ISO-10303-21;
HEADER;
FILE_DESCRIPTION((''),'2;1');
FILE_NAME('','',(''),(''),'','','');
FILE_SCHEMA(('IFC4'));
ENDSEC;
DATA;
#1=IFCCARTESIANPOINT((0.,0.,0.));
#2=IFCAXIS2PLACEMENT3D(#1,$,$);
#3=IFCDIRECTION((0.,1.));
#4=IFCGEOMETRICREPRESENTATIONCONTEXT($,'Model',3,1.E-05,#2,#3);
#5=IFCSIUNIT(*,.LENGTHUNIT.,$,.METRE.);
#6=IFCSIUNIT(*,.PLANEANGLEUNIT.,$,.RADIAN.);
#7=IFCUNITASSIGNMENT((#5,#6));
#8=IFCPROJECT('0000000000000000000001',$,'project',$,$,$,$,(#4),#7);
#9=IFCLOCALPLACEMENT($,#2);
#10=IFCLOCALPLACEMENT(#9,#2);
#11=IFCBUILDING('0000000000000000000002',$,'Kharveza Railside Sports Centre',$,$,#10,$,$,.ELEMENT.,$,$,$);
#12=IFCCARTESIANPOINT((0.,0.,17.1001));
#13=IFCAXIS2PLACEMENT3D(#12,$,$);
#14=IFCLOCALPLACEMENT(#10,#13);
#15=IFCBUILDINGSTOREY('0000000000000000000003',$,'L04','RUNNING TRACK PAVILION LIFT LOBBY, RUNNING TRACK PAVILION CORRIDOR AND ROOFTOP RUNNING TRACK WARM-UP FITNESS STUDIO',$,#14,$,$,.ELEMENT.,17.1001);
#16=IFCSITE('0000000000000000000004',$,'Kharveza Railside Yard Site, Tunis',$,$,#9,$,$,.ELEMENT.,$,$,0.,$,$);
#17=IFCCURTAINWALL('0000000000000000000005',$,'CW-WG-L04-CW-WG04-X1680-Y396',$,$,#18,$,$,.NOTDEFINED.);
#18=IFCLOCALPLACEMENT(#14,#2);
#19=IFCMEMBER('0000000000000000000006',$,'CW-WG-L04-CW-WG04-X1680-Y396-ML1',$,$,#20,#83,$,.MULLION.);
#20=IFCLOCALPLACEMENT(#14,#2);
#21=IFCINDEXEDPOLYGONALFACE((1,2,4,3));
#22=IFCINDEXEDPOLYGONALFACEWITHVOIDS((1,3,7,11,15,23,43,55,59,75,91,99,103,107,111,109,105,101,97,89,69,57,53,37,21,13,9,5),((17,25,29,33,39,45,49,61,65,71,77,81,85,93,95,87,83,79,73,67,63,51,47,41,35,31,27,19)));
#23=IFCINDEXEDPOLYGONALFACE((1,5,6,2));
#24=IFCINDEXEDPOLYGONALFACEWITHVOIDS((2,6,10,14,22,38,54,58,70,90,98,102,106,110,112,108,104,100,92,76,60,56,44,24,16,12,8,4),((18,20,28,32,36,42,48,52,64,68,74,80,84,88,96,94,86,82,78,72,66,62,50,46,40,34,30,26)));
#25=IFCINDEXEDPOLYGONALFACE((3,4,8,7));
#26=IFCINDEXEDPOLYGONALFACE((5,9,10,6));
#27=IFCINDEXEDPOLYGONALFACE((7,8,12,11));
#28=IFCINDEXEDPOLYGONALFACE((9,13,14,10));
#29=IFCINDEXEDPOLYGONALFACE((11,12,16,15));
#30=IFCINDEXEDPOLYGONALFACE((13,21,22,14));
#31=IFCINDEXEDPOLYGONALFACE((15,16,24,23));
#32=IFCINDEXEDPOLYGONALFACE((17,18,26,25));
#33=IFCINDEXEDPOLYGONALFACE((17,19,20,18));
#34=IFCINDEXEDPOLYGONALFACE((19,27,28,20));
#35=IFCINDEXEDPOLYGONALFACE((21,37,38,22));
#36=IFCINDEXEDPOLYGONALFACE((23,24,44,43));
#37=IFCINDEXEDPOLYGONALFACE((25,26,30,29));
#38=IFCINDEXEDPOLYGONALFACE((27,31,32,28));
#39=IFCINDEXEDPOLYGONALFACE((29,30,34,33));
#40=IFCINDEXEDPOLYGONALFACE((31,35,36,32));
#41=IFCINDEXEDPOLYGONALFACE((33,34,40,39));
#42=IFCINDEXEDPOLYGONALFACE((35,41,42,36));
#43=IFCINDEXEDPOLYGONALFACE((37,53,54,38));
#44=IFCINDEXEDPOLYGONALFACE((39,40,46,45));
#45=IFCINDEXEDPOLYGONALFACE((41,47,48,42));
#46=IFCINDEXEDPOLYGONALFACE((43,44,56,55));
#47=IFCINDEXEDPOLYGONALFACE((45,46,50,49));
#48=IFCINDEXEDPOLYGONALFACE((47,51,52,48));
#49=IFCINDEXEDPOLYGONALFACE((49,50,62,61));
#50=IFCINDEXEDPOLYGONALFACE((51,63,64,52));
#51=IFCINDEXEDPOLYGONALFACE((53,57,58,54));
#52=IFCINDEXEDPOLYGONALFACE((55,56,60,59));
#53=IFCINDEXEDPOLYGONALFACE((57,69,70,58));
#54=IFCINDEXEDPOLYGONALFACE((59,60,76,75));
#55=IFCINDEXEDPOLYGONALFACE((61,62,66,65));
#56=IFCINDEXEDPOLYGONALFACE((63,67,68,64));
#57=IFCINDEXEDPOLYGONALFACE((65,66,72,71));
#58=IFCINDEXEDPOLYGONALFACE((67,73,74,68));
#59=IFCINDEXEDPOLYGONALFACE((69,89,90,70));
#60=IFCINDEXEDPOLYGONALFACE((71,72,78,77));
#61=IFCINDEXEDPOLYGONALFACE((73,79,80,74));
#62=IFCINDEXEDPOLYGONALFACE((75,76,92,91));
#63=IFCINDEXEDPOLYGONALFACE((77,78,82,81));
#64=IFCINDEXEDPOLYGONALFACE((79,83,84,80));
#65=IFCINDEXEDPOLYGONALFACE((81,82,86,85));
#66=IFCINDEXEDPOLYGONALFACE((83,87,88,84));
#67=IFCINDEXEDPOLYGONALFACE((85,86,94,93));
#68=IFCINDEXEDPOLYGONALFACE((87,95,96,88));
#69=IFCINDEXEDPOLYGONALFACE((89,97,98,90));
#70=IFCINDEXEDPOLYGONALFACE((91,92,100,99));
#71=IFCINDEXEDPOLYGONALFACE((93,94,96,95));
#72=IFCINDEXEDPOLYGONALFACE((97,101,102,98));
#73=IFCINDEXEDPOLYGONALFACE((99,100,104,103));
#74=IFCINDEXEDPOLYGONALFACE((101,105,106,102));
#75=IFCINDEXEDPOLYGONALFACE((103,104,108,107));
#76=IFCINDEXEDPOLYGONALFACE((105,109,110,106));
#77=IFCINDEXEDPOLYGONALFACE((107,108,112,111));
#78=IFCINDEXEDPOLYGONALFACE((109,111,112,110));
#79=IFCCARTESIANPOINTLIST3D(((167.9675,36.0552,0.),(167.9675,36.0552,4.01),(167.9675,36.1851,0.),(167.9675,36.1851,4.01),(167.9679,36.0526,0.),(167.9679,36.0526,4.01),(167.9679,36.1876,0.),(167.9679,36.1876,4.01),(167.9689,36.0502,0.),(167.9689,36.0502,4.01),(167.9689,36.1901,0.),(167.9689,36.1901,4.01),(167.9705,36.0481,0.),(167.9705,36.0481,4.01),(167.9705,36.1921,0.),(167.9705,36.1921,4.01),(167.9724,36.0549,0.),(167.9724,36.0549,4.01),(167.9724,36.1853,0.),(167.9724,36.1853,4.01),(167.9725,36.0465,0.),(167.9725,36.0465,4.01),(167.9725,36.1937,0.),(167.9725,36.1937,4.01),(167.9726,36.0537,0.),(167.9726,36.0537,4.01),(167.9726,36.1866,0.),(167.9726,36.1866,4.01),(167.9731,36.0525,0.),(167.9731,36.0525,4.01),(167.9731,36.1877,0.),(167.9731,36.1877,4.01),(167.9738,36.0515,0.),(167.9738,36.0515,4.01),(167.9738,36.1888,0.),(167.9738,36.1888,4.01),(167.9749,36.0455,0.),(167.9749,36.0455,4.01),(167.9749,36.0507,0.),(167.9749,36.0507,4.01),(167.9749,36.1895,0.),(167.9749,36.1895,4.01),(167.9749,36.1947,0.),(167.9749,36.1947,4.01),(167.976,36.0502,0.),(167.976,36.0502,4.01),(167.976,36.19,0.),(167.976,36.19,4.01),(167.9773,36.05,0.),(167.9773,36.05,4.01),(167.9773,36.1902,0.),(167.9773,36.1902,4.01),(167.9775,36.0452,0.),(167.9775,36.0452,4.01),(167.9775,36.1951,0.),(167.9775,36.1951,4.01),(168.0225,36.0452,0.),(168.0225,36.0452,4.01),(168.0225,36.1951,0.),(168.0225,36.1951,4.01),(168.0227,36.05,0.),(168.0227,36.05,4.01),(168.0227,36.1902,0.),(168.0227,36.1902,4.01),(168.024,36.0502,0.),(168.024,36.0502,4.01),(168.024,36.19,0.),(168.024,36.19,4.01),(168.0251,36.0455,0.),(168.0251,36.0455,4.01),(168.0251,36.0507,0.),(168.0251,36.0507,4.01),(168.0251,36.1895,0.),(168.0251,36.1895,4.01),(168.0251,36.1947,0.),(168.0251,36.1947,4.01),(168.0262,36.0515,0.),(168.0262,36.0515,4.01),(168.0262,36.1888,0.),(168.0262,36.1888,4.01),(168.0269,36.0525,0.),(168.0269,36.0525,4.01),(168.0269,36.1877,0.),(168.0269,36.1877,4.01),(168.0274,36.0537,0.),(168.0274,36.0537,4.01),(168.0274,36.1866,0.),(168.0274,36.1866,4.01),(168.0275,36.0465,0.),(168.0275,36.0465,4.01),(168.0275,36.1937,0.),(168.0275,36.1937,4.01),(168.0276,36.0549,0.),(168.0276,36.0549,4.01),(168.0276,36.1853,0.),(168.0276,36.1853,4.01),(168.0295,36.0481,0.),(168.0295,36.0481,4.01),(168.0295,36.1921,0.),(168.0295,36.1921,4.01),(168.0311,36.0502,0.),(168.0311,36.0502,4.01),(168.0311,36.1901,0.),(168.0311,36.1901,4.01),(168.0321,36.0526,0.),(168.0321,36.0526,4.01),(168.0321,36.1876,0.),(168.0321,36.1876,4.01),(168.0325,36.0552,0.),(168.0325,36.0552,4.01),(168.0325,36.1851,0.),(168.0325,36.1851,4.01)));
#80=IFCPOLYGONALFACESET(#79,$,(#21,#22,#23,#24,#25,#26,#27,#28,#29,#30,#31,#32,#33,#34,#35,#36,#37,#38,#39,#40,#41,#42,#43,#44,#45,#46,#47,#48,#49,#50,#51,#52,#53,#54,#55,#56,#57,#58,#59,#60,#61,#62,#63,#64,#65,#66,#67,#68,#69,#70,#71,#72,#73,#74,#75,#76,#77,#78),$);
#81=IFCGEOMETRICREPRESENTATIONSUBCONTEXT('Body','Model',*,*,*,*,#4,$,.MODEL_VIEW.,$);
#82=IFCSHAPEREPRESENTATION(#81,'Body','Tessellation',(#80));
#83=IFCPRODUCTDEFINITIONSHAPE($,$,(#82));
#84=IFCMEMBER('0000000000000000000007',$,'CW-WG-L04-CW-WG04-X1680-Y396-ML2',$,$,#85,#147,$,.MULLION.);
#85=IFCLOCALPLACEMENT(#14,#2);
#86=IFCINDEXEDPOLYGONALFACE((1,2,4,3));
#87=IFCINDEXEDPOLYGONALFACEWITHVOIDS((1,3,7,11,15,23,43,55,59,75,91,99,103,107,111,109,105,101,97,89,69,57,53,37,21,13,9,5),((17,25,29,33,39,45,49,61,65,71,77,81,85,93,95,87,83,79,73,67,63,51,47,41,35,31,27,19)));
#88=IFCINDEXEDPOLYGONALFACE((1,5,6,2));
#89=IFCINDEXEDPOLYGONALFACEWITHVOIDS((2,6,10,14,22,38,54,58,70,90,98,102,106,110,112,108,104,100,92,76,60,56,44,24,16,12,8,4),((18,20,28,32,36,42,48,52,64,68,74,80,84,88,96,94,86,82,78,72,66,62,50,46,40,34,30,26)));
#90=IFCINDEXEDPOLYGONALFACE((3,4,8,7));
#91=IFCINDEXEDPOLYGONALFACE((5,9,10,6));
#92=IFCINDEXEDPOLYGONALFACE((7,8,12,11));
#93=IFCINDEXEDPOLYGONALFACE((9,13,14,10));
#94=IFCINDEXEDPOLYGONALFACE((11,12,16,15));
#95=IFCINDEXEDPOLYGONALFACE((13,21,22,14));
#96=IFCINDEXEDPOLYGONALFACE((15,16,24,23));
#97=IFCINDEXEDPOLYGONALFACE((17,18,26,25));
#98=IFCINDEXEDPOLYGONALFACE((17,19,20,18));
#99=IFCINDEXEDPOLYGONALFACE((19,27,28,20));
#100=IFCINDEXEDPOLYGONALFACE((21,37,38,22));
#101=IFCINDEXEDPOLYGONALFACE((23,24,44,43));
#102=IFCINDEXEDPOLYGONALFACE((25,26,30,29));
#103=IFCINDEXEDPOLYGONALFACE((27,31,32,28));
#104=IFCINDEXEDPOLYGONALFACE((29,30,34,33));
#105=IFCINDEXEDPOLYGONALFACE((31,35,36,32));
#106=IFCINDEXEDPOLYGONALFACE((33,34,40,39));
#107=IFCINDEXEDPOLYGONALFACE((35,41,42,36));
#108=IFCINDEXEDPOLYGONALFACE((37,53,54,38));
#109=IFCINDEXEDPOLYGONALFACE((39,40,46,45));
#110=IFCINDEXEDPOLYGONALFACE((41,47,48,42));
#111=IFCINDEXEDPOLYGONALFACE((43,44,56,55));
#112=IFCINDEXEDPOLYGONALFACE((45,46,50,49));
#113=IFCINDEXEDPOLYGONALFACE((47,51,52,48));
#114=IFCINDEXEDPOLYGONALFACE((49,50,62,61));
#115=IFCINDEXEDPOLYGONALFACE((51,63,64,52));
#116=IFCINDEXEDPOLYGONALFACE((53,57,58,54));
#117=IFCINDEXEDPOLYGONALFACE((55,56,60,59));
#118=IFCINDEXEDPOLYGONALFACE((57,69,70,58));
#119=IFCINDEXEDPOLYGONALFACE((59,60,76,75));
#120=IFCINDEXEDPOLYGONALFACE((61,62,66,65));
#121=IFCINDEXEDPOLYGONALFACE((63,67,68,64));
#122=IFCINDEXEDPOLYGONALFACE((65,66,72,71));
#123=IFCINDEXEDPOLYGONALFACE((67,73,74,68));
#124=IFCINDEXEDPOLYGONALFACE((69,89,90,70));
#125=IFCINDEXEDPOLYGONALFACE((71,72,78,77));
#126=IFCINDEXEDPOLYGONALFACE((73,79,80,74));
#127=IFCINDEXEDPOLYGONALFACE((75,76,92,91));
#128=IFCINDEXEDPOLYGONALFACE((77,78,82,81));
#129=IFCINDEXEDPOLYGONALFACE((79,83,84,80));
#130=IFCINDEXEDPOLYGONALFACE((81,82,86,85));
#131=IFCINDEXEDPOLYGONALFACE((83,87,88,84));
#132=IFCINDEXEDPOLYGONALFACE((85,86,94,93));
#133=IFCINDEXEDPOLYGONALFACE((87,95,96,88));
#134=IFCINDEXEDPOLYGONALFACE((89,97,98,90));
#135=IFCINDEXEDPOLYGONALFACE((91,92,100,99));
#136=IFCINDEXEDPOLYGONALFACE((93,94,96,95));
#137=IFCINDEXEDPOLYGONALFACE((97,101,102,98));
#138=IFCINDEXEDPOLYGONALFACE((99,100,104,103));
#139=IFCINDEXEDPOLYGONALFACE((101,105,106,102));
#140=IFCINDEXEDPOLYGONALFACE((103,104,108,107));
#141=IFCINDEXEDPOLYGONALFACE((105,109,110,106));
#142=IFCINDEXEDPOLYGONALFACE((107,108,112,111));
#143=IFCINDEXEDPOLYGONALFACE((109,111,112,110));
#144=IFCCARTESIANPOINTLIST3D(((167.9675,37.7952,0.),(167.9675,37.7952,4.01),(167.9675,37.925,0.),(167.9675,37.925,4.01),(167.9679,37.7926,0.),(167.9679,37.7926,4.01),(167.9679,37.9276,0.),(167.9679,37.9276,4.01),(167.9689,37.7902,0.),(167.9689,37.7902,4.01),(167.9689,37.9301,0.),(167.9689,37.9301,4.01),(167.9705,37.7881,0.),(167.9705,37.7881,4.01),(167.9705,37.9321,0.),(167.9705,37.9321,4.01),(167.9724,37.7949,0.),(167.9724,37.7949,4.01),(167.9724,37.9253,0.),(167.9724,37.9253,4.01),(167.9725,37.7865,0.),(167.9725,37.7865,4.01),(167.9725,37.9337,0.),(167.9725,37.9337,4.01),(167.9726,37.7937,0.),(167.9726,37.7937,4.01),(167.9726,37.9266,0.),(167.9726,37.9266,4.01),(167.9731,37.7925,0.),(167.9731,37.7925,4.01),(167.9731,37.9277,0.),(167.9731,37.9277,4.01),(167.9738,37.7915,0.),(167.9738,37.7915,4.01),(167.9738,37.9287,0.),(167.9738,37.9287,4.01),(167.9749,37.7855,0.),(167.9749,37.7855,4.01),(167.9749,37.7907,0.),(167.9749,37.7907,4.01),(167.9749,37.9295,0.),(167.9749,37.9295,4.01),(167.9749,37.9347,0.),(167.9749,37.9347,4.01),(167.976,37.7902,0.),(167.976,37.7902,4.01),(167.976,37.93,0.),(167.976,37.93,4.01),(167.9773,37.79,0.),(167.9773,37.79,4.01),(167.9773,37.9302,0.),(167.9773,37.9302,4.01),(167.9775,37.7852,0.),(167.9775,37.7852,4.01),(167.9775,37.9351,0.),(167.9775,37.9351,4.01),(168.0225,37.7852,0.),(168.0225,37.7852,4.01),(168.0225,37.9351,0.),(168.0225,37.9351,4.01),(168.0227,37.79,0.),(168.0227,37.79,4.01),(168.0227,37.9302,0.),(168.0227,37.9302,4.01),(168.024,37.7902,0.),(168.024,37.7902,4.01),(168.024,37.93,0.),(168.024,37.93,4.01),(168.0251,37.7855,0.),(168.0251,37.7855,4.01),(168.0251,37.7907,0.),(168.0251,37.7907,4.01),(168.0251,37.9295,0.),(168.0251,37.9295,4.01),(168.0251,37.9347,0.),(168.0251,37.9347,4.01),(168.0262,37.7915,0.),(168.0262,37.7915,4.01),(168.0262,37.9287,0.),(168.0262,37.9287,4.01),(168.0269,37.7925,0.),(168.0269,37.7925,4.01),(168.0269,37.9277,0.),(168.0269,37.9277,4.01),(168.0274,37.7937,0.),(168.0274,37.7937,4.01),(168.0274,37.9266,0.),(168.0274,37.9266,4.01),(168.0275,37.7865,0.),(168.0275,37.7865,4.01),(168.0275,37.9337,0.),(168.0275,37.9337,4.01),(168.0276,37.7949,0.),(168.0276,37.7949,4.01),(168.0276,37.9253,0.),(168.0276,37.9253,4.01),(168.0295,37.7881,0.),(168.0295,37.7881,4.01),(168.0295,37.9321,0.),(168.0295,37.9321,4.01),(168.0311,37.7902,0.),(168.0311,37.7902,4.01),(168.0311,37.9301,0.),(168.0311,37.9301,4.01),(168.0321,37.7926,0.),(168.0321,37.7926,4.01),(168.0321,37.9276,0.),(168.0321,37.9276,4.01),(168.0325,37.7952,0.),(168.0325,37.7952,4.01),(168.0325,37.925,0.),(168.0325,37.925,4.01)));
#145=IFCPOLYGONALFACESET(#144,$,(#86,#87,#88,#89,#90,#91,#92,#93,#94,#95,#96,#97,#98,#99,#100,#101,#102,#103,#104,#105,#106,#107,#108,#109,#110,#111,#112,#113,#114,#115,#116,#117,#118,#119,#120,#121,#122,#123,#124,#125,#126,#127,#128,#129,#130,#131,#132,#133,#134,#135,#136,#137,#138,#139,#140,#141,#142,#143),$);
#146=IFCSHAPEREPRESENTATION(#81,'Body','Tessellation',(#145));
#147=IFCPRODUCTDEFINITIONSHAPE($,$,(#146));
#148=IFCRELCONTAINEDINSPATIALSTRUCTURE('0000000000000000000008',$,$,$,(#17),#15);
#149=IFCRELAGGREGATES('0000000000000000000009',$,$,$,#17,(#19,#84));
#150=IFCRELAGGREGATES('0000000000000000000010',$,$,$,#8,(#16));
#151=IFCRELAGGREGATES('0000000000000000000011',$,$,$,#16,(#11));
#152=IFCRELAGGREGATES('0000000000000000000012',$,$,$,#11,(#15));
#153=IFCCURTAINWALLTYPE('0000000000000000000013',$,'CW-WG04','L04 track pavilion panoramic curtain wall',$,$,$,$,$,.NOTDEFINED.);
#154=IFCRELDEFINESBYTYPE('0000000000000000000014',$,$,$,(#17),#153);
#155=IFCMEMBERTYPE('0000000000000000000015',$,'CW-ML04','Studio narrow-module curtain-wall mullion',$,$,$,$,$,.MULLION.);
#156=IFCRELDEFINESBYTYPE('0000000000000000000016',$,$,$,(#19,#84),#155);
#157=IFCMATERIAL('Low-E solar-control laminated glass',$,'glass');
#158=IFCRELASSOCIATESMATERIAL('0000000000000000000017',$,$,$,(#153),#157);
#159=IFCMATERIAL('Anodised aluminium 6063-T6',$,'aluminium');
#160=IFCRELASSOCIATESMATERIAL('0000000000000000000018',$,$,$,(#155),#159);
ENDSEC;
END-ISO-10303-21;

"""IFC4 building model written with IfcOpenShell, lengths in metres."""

from ifc_helpers import new_model, si_unit, direction, frame, origin, origin_2d, place, context, subcontext, project, spatial, hollow_rectangle, extrude, material, material_profile, profile_set, type_object, element, aggregate, save


model = new_model("IFC4")

# Units and contexts
model_context = context("Model", 3, precision=1e-05, world=origin(), true_north=direction((0.0, 1.0)))
body_context = subcontext(model_context, "Body", "Model", "MODEL_VIEW")
ifc_project = project(units=[si_unit("LENGTHUNIT", "METRE"), si_unit("PLANEANGLEUNIT", "RADIAN")], contexts=[model_context])

# Site, building, storey
site_placement = place(None, origin())
site = spatial("IfcSite", under=ifc_project, at=site_placement, Name="Kharveza Railside Yard Site, Tunis", CompositionType="ELEMENT", RefElevation=0.0)
building_placement = place(site_placement, origin())
building = spatial("IfcBuilding", under=site, at=building_placement, Name="Kharveza Railside Sports Centre", CompositionType="ELEMENT")
storey_placement = place(building_placement, frame((0.0, 0.0, 17.1001)))
storey = spatial("IfcBuildingStorey", under=building, at=storey_placement, Name="L04", Description="RUNNING TRACK PAVILION LIFT LOBBY, RUNNING TRACK PAVILION CORRIDOR AND ROOFTOP RUNNING TRACK WARM-UP FITNESS STUDIO", CompositionType="ELEMENT", Elevation=17.1001)

# Curtain wall, members
ifc_material_1 = material(Name="Low-E solar-control laminated glass", Category="glass")
curtain_wall_type = type_object("IfcCurtainWallType", Name="CW-WG04", Description="L04 track pavilion panoramic curtain wall", PredefinedType="NOTDEFINED", material=ifc_material_1)
curtain_wall_placement = place(storey_placement, origin())
curtain_wall = element("IfcCurtainWall", 1, at=curtain_wall_placement, inside=storey, type_object=curtain_wall_type, Name="CW-WG-L04-CW-WG04-X1680-Y396", PredefinedType="NOTDEFINED")
ifc_material_2 = material(Name="Anodised aluminium 6063-T6", Category="aluminium")
ifc_material_profile_1 = material_profile(ifc_material_2, hollow_rectangle(XDim=0.0649, YDim=0.1499, WallThickness=0.0049, InnerFilletRadius=0.0049, OuterFilletRadius=0.01, at=origin_2d()), Name="RHS 65x150x5.0")
ifc_profile_set_1 = profile_set([ifc_material_profile_1], Name="Anodised aluminium 6063-T6")
member_type_1 = type_object("IfcMemberType", Name="CW-ML04", Description="Studio narrow-module curtain-wall mullion", PredefinedType="MULLION", material=ifc_profile_set_1)
member_1_placement = place(storey_placement, frame((168.0, 36.1201, 0.0), z_axis=(0.0, 0.0, 1.0), x_axis=(1.0, 0.0, 0.0)))
member_1 = element("IfcMember", 2, at=member_1_placement, type_object=member_type_1, Name="CW-WG-L04-CW-WG04-X1680-Y396-ML1", PredefinedType="MULLION", context=body_context, shape_type="SweptSolid", body=[
    extrude(hollow_rectangle(XDim=0.0649, YDim=0.1499, WallThickness=0.0049, InnerFilletRadius=0.0049, OuterFilletRadius=0.01, at=origin_2d()), origin(), (0.0, 0.0, 1.0), 4.01),
])
member_2_placement = place(storey_placement, frame((168.0, 37.8601, 0.0), z_axis=(0.0, 0.0, 1.0), x_axis=(1.0, 0.0, 0.0)))
member_2 = element("IfcMember", 3, at=member_2_placement, type_object=member_type_1, Name="CW-WG-L04-CW-WG04-X1680-Y396-ML2", PredefinedType="MULLION", context=body_context, shape_type="SweptSolid", body=[
    extrude(hollow_rectangle(XDim=0.0649, YDim=0.1499, WallThickness=0.0049, InnerFilletRadius=0.0049, OuterFilletRadius=0.01, at=origin_2d()), origin(), (0.0, 0.0, 1.0), 4.01),
])
aggregate(curtain_wall, [member_1, member_2])

save(model, "model.ifc")
